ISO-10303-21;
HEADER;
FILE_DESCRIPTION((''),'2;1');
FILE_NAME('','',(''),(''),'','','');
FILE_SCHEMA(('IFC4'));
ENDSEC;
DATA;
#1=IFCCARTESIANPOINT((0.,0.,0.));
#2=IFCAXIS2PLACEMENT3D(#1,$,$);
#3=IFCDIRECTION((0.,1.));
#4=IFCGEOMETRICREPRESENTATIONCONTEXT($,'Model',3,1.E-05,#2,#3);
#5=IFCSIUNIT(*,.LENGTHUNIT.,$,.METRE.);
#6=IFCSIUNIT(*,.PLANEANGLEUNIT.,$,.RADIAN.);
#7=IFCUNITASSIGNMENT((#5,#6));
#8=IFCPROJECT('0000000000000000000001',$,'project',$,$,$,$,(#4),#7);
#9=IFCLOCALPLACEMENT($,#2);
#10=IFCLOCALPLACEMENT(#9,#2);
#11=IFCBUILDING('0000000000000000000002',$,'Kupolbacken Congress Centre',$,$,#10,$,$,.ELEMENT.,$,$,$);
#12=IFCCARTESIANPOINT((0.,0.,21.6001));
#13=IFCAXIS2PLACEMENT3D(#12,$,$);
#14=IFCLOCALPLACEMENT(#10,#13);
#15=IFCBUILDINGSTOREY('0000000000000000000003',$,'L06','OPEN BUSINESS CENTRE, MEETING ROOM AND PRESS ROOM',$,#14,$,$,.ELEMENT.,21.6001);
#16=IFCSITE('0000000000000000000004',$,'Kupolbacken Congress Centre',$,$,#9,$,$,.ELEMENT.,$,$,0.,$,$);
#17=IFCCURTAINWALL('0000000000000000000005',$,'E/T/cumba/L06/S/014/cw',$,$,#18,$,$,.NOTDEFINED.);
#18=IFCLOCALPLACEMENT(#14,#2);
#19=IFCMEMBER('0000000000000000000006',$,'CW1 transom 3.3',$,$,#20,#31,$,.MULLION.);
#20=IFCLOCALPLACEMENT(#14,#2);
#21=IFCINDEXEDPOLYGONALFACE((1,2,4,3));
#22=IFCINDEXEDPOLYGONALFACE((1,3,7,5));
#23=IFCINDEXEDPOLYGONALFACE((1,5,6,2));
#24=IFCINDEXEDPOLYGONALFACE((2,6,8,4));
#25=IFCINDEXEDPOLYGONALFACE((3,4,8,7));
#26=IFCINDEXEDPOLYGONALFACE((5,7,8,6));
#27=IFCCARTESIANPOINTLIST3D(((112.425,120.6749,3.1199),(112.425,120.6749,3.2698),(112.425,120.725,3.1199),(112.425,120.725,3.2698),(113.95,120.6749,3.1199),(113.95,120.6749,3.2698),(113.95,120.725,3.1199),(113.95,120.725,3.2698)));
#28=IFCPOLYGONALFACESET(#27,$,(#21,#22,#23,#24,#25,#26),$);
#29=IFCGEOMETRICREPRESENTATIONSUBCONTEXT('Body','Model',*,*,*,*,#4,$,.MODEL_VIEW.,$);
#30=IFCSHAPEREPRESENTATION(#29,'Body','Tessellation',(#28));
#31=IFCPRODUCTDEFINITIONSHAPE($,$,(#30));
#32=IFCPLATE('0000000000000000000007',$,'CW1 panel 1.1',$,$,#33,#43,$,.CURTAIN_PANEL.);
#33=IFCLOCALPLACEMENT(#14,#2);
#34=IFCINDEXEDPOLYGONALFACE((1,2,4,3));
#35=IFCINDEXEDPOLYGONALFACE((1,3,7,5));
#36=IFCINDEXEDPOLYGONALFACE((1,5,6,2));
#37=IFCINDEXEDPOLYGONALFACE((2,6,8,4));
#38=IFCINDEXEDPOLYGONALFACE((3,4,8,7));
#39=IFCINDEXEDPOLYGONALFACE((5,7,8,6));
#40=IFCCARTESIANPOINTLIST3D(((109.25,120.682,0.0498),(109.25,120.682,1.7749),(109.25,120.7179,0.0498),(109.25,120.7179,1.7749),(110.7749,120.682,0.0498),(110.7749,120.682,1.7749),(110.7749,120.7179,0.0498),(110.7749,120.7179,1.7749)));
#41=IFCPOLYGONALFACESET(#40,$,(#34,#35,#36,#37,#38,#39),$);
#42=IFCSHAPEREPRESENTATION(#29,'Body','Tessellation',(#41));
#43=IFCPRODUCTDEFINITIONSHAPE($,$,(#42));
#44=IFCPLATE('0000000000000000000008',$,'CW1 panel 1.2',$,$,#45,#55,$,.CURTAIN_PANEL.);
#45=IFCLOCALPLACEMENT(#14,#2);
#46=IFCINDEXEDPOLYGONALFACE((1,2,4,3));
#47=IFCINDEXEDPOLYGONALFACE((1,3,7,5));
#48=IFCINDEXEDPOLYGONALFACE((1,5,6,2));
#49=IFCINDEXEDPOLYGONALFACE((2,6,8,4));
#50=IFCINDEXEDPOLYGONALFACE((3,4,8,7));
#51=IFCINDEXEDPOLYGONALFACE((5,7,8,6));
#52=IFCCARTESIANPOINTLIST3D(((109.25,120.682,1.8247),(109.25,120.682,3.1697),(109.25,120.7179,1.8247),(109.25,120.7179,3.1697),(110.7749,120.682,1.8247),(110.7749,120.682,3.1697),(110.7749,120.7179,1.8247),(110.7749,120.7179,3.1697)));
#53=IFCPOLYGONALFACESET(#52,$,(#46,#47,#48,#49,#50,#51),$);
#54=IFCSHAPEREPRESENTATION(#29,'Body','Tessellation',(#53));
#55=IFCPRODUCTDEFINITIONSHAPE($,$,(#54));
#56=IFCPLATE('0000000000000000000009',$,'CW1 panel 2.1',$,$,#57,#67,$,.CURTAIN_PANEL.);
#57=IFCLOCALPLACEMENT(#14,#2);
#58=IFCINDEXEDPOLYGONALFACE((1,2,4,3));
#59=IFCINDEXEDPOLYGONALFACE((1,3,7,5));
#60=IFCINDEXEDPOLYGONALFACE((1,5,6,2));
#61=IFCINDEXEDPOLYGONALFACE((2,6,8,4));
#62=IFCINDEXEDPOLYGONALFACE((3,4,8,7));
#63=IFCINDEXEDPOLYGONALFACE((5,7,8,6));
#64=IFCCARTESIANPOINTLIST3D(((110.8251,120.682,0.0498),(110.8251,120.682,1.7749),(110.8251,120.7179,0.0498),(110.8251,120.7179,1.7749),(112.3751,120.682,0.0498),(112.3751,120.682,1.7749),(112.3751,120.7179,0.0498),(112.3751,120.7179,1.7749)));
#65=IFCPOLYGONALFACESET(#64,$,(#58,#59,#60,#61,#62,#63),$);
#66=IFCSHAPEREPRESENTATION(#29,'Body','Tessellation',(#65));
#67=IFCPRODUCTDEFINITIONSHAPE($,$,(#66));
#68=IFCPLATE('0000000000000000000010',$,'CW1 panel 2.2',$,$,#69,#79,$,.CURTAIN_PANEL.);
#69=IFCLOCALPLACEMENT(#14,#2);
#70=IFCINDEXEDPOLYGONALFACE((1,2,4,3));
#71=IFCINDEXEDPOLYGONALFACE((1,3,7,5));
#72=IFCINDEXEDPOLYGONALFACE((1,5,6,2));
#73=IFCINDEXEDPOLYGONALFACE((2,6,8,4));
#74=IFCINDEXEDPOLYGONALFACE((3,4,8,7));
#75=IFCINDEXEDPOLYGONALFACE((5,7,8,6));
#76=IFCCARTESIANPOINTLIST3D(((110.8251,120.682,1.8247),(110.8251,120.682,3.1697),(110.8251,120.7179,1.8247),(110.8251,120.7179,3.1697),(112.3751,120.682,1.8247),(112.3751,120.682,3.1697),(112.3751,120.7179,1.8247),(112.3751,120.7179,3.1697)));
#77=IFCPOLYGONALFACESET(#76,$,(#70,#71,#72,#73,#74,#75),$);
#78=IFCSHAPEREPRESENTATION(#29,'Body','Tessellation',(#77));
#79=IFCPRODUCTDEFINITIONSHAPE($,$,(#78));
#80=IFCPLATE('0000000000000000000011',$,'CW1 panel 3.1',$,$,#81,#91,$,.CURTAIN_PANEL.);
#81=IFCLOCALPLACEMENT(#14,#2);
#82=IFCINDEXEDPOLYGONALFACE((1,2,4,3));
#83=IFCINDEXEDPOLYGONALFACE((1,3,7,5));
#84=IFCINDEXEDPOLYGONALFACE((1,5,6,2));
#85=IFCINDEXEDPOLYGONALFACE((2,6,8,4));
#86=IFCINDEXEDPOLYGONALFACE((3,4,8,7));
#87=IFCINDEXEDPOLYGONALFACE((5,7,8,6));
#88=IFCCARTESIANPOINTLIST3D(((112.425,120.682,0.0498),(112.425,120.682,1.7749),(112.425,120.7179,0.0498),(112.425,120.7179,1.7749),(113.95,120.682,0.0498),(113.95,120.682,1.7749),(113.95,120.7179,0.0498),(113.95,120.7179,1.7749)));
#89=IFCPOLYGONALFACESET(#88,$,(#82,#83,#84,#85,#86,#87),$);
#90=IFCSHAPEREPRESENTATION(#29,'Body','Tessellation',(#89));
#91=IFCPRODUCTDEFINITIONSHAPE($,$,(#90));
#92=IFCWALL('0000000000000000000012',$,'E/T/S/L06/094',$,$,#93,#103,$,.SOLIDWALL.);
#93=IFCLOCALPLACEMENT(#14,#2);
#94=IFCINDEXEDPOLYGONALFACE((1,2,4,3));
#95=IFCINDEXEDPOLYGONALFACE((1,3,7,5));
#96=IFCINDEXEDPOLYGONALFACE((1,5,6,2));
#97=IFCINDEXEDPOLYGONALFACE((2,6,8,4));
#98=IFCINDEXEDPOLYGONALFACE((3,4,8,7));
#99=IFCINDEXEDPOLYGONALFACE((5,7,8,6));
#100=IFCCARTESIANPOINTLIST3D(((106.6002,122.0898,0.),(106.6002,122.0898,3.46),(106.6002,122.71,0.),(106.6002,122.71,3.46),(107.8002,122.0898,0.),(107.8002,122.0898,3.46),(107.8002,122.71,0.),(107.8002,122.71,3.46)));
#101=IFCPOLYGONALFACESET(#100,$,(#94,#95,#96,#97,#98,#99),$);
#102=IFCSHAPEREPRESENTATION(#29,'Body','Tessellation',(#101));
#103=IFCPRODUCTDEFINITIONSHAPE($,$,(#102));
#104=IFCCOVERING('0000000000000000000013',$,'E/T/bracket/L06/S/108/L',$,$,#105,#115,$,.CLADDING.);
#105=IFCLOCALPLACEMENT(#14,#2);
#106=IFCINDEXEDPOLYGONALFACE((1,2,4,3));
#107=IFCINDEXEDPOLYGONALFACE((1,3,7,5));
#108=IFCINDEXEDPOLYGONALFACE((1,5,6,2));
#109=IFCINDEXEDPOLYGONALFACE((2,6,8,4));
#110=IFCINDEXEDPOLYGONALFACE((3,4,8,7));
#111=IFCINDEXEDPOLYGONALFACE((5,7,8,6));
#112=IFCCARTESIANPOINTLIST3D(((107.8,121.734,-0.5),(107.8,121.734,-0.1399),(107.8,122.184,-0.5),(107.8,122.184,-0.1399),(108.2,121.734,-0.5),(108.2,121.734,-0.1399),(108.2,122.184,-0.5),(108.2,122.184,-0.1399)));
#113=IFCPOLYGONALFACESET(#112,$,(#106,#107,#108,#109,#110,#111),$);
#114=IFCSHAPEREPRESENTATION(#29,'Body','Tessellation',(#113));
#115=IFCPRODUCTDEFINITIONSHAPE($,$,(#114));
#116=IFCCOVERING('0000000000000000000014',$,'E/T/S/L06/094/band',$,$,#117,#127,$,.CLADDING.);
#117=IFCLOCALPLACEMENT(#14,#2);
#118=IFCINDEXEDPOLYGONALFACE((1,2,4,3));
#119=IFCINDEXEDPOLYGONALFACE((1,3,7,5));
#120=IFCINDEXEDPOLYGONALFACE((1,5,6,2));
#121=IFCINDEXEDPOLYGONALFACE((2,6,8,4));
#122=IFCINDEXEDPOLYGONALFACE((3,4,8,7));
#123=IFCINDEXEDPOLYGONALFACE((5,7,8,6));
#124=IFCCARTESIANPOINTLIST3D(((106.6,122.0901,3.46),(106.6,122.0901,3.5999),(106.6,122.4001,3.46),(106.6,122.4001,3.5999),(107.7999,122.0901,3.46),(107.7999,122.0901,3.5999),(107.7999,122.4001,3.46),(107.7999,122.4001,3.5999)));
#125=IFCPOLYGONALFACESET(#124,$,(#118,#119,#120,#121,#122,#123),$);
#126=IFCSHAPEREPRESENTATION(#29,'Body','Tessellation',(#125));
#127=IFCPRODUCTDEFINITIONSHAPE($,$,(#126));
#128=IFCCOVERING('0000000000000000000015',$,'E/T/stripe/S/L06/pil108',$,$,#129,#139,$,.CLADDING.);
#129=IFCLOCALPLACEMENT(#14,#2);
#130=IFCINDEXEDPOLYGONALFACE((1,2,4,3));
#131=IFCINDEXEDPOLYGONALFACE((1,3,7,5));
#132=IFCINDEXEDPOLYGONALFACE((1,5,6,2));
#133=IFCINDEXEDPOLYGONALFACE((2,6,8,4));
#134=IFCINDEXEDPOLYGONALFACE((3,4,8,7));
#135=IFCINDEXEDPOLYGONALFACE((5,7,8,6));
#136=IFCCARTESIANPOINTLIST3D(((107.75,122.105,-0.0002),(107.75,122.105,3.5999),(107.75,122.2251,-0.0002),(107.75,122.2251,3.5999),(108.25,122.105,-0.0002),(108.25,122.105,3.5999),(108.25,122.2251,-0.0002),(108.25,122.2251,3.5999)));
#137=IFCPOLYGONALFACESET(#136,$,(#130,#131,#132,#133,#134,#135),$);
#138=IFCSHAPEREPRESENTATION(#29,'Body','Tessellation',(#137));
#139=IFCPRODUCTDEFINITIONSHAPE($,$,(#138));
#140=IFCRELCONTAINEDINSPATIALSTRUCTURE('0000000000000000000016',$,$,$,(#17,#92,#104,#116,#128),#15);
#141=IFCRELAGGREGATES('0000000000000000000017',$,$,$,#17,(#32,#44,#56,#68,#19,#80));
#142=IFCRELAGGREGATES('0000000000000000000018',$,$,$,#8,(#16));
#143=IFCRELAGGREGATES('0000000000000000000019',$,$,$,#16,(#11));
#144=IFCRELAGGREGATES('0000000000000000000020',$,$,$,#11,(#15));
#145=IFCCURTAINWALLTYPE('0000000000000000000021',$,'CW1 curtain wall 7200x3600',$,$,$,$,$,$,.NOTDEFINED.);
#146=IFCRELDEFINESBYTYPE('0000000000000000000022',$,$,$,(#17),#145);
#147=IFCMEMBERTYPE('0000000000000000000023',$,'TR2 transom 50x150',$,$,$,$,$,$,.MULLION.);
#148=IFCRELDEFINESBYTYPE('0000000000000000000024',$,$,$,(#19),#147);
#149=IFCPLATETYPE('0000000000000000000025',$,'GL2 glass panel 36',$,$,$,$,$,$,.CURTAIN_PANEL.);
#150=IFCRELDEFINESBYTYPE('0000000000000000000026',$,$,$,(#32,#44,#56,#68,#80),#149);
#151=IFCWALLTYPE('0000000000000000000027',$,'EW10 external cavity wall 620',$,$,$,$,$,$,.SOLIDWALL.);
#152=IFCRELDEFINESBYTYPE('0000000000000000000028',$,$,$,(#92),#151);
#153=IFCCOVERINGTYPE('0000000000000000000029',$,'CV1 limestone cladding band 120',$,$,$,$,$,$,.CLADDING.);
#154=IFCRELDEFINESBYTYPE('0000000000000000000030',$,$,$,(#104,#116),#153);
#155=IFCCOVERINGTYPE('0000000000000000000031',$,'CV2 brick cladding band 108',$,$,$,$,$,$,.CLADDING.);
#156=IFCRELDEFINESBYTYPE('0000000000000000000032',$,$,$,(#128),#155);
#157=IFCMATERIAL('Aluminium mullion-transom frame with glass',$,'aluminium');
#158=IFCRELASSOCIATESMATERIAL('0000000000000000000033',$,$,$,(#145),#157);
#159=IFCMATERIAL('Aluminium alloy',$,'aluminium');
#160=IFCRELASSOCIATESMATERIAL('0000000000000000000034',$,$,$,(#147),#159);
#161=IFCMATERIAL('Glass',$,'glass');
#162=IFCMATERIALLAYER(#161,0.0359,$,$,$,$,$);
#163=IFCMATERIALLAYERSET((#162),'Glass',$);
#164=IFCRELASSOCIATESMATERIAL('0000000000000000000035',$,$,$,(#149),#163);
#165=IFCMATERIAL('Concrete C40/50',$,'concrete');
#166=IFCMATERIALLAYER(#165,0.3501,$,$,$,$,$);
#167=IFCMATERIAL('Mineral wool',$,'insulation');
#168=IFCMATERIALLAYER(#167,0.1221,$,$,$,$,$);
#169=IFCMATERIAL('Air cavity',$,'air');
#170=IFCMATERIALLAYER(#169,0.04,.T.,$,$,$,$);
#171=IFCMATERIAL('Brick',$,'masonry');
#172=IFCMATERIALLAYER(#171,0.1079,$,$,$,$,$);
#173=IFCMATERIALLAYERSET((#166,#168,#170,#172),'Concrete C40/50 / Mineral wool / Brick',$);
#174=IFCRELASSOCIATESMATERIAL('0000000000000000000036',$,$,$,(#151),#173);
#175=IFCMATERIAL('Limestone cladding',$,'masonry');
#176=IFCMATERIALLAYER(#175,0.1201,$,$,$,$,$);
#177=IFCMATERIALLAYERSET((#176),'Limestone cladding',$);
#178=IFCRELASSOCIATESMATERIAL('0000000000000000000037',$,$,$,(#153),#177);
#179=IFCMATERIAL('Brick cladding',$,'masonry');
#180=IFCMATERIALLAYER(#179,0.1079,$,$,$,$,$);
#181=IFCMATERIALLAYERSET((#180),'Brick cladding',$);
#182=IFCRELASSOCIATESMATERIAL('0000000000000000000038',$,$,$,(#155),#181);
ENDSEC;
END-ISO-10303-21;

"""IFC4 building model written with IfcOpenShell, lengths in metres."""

from ifc_helpers import new_model, si_unit, direction, frame, frame_2d, origin, origin_2d, place, context, subcontext, project, spatial, rectangle, extrude, material, layer, layer_set, material_profile, profile_set, type_object, element, aggregate, save


model = new_model("IFC4")

# Units and contexts
model_context = context("Model", 3, precision=1e-05, world=origin(), true_north=direction((0.0, 1.0)))
body_context = subcontext(model_context, "Body", "Model", "MODEL_VIEW")
ifc_project = project(units=[si_unit("LENGTHUNIT", "METRE"), si_unit("PLANEANGLEUNIT", "RADIAN")], contexts=[model_context])

# Site, building, storey
site_placement = place(None, origin())
site = spatial("IfcSite", under=ifc_project, at=site_placement, Name="Kupolbacken Congress Centre", CompositionType="ELEMENT", RefElevation=0.0)
building_placement = place(site_placement, origin())
building = spatial("IfcBuilding", under=site, at=building_placement, Name="Kupolbacken Congress Centre", CompositionType="ELEMENT")
storey_placement = place(building_placement, frame((0.0, 0.0, 21.6001)))
storey = spatial("IfcBuildingStorey", under=building, at=storey_placement, Name="L06", Description="OPEN BUSINESS CENTRE, MEETING ROOM AND PRESS ROOM", CompositionType="ELEMENT", Elevation=21.6001)

# Curtain wall, member, plates
ifc_material_1 = material(Name="Aluminium mullion-transom frame with glass", Category="aluminium")
curtain_wall_type = type_object("IfcCurtainWallType", Name="CW1 curtain wall 7200x3600", PredefinedType="NOTDEFINED", material=ifc_material_1)
curtain_wall_placement = place(storey_placement, origin())
curtain_wall = element("IfcCurtainWall", 1, at=curtain_wall_placement, inside=storey, type_object=curtain_wall_type, Name="E/T/cumba/L06/S/014/cw", PredefinedType="NOTDEFINED")
ifc_material_2 = material(Name="Aluminium alloy", Category="aluminium")
ifc_material_profile_1 = material_profile(ifc_material_2, rectangle(XDim=0.05, YDim=0.1499, at=origin_2d()), Name="50 x 150")
ifc_profile_set_1 = profile_set([ifc_material_profile_1], Name="Aluminium alloy")
member_type_1 = type_object("IfcMemberType", Name="TR2 transom 50x150", PredefinedType="MULLION", material=ifc_profile_set_1)
member_1_placement = place(storey_placement, frame((112.425, 120.7, 3.1948), z_axis=(1.0, 0.0, 0.0), x_axis=(0.0, 1.0, 0.0)))
member_1 = element("IfcMember", 2, at=member_1_placement, type_object=member_type_1, Name="CW1 transom 3.3", PredefinedType="MULLION", context=body_context, shape_type="SweptSolid", body=[
    extrude(rectangle(XDim=0.05, YDim=0.1499, at=origin_2d()), origin(), (0.0, 0.0, 1.0), 1.5249),
])
ifc_material_3 = material(Name="Glass", Category="glass")
ifc_layer_1 = layer(ifc_material_3, 0.0359)
ifc_layer_set_1 = layer_set([ifc_layer_1], Name="Glass")
plate_type = type_object("IfcPlateType", Name="GL2 glass panel 36", PredefinedType="CURTAIN_PANEL", material=ifc_layer_set_1)
plate_1_placement = place(storey_placement, frame((110.0125, 120.7, 0.0498), z_axis=(0.0, 0.0, 1.0), x_axis=(1.0, 0.0, 0.0)))
plate_1 = element("IfcPlate", 3, at=plate_1_placement, type_object=plate_type, Name="CW1 panel 1.1", PredefinedType="CURTAIN_PANEL", context=body_context, shape_type="SweptSolid", body=[
    extrude(rectangle(XDim=1.5249, YDim=0.0359, at=origin_2d()), origin(), (0.0, 0.0, 1.0), 1.7251),
])
plate_2_placement = place(storey_placement, frame((110.0125, 120.7, 1.8247), z_axis=(0.0, 0.0, 1.0), x_axis=(1.0, 0.0, 0.0)))
plate_2 = element("IfcPlate", 4, at=plate_2_placement, type_object=plate_type, Name="CW1 panel 1.2", PredefinedType="CURTAIN_PANEL", context=body_context, shape_type="SweptSolid", body=[
    extrude(rectangle(XDim=1.5249, YDim=0.0359, at=origin_2d()), origin(), (0.0, 0.0, 1.0), 1.345),
])
plate_3_placement = place(storey_placement, frame((111.6001, 120.7, 0.0498), z_axis=(0.0, 0.0, 1.0), x_axis=(1.0, 0.0, 0.0)))
plate_3 = element("IfcPlate", 5, at=plate_3_placement, type_object=plate_type, Name="CW1 panel 2.1", PredefinedType="CURTAIN_PANEL", context=body_context, shape_type="SweptSolid", body=[
    extrude(rectangle(XDim=1.55, YDim=0.0359, at=origin_2d()), origin(), (0.0, 0.0, 1.0), 1.7251),
])
plate_4_placement = place(storey_placement, frame((111.6001, 120.7, 1.8247), z_axis=(0.0, 0.0, 1.0), x_axis=(1.0, 0.0, 0.0)))
plate_4 = element("IfcPlate", 6, at=plate_4_placement, type_object=plate_type, Name="CW1 panel 2.2", PredefinedType="CURTAIN_PANEL", context=body_context, shape_type="SweptSolid", body=[
    extrude(rectangle(XDim=1.55, YDim=0.0359, at=origin_2d()), origin(), (0.0, 0.0, 1.0), 1.345),
])
plate_5_placement = place(storey_placement, frame((113.1875, 120.7, 0.0498), z_axis=(0.0, 0.0, 1.0), x_axis=(1.0, 0.0, 0.0)))
plate_5 = element("IfcPlate", 7, at=plate_5_placement, type_object=plate_type, Name="CW1 panel 3.1", PredefinedType="CURTAIN_PANEL", context=body_context, shape_type="SweptSolid", body=[
    extrude(rectangle(XDim=1.5249, YDim=0.0359, at=origin_2d()), origin(), (0.0, 0.0, 1.0), 1.7251),
])
aggregate(curtain_wall, [plate_1, plate_2, plate_3, plate_4, member_1, plate_5])

# Wall
ifc_material_4 = material(Name="Concrete C40/50", Category="concrete")
ifc_layer_2 = layer(ifc_material_4, 0.3501)
ifc_material_5 = material(Name="Mineral wool", Category="insulation")
ifc_layer_3 = layer(ifc_material_5, 0.1221)
ifc_material_6 = material(Name="Air cavity", Category="air")
ifc_layer_4 = layer(ifc_material_6, 0.04, ventilated=True)
ifc_material_7 = material(Name="Brick", Category="masonry")
ifc_layer_5 = layer(ifc_material_7, 0.1079)
ifc_layer_set_2 = layer_set([ifc_layer_2, ifc_layer_3, ifc_layer_4, ifc_layer_5], Name="Concrete C40/50 / Mineral wool / Brick")
wall_type = type_object("IfcWallType", Name="EW10 external cavity wall 620", PredefinedType="SOLIDWALL", material=ifc_layer_set_2)
wall_placement = place(storey_placement, frame((106.6001, 122.3999, 0.0), z_axis=(0.0, 0.0, 1.0), x_axis=(1.0, 0.0, 0.0)))
element("IfcWall", 8, at=wall_placement, inside=storey, type_object=wall_type, Name="E/T/S/L06/094", PredefinedType="SOLIDWALL", context=body_context, shape_type="SweptSolid", body=[
    extrude(rectangle(XDim=1.2, YDim=0.6201, at=frame_2d((0.6001, 0.0))), origin(), (0.0, 0.0, 1.0), 3.46),
])

# Coverings
ifc_material_8 = material(Name="Limestone cladding", Category="masonry")
ifc_layer_6 = layer(ifc_material_8, 0.1201)
ifc_layer_set_3 = layer_set([ifc_layer_6], Name="Limestone cladding")
covering_type_1 = type_object("IfcCoveringType", Name="CV1 limestone cladding band 120", PredefinedType="CLADDING", material=ifc_layer_set_3)
covering_1_placement = place(storey_placement, frame((108.0, 121.959, -0.5), z_axis=(0.0, 0.0, 1.0), x_axis=(1.0, 0.0, 0.0)))
element("IfcCovering", 9, at=covering_1_placement, inside=storey, type_object=covering_type_1, Name="E/T/bracket/L06/S/108/L", PredefinedType="CLADDING", context=body_context, shape_type="SweptSolid", body=[
    extrude(rectangle(XDim=0.3999, YDim=0.45, at=origin_2d()), origin(), (0.0, 0.0, 1.0), 0.3601),
])
covering_2_placement = place(storey_placement, frame((107.2, 122.2451, 3.46), z_axis=(0.0, 0.0, 1.0), x_axis=(1.0, 0.0, 0.0)))
element("IfcCovering", 10, at=covering_2_placement, inside=storey, type_object=covering_type_1, Name="E/T/S/L06/094/band", PredefinedType="CLADDING", context=body_context, shape_type="SweptSolid", body=[
    extrude(rectangle(XDim=1.2, YDim=0.3101, at=origin_2d()), origin(), (0.0, 0.0, 1.0), 0.1399),
])
ifc_material_9 = material(Name="Brick cladding", Category="masonry")
ifc_layer_7 = layer(ifc_material_9, 0.1079)
ifc_layer_set_4 = layer_set([ifc_layer_7], Name="Brick cladding")
covering_type_2 = type_object("IfcCoveringType", Name="CV2 brick cladding band 108", PredefinedType="CLADDING", material=ifc_layer_set_4)
covering_3_placement = place(storey_placement, frame((108.0, 122.165, -0.0002), z_axis=(0.0, 0.0, 1.0), x_axis=(1.0, 0.0, 0.0)))
element("IfcCovering", 11, at=covering_3_placement, inside=storey, type_object=covering_type_2, Name="E/T/stripe/S/L06/pil108", PredefinedType="CLADDING", context=body_context, shape_type="SweptSolid", body=[
    extrude(rectangle(XDim=0.5, YDim=0.1201, at=origin_2d()), origin(), (0.0, 0.0, 1.0), 3.6001),
])

save(model, "model.ifc")
